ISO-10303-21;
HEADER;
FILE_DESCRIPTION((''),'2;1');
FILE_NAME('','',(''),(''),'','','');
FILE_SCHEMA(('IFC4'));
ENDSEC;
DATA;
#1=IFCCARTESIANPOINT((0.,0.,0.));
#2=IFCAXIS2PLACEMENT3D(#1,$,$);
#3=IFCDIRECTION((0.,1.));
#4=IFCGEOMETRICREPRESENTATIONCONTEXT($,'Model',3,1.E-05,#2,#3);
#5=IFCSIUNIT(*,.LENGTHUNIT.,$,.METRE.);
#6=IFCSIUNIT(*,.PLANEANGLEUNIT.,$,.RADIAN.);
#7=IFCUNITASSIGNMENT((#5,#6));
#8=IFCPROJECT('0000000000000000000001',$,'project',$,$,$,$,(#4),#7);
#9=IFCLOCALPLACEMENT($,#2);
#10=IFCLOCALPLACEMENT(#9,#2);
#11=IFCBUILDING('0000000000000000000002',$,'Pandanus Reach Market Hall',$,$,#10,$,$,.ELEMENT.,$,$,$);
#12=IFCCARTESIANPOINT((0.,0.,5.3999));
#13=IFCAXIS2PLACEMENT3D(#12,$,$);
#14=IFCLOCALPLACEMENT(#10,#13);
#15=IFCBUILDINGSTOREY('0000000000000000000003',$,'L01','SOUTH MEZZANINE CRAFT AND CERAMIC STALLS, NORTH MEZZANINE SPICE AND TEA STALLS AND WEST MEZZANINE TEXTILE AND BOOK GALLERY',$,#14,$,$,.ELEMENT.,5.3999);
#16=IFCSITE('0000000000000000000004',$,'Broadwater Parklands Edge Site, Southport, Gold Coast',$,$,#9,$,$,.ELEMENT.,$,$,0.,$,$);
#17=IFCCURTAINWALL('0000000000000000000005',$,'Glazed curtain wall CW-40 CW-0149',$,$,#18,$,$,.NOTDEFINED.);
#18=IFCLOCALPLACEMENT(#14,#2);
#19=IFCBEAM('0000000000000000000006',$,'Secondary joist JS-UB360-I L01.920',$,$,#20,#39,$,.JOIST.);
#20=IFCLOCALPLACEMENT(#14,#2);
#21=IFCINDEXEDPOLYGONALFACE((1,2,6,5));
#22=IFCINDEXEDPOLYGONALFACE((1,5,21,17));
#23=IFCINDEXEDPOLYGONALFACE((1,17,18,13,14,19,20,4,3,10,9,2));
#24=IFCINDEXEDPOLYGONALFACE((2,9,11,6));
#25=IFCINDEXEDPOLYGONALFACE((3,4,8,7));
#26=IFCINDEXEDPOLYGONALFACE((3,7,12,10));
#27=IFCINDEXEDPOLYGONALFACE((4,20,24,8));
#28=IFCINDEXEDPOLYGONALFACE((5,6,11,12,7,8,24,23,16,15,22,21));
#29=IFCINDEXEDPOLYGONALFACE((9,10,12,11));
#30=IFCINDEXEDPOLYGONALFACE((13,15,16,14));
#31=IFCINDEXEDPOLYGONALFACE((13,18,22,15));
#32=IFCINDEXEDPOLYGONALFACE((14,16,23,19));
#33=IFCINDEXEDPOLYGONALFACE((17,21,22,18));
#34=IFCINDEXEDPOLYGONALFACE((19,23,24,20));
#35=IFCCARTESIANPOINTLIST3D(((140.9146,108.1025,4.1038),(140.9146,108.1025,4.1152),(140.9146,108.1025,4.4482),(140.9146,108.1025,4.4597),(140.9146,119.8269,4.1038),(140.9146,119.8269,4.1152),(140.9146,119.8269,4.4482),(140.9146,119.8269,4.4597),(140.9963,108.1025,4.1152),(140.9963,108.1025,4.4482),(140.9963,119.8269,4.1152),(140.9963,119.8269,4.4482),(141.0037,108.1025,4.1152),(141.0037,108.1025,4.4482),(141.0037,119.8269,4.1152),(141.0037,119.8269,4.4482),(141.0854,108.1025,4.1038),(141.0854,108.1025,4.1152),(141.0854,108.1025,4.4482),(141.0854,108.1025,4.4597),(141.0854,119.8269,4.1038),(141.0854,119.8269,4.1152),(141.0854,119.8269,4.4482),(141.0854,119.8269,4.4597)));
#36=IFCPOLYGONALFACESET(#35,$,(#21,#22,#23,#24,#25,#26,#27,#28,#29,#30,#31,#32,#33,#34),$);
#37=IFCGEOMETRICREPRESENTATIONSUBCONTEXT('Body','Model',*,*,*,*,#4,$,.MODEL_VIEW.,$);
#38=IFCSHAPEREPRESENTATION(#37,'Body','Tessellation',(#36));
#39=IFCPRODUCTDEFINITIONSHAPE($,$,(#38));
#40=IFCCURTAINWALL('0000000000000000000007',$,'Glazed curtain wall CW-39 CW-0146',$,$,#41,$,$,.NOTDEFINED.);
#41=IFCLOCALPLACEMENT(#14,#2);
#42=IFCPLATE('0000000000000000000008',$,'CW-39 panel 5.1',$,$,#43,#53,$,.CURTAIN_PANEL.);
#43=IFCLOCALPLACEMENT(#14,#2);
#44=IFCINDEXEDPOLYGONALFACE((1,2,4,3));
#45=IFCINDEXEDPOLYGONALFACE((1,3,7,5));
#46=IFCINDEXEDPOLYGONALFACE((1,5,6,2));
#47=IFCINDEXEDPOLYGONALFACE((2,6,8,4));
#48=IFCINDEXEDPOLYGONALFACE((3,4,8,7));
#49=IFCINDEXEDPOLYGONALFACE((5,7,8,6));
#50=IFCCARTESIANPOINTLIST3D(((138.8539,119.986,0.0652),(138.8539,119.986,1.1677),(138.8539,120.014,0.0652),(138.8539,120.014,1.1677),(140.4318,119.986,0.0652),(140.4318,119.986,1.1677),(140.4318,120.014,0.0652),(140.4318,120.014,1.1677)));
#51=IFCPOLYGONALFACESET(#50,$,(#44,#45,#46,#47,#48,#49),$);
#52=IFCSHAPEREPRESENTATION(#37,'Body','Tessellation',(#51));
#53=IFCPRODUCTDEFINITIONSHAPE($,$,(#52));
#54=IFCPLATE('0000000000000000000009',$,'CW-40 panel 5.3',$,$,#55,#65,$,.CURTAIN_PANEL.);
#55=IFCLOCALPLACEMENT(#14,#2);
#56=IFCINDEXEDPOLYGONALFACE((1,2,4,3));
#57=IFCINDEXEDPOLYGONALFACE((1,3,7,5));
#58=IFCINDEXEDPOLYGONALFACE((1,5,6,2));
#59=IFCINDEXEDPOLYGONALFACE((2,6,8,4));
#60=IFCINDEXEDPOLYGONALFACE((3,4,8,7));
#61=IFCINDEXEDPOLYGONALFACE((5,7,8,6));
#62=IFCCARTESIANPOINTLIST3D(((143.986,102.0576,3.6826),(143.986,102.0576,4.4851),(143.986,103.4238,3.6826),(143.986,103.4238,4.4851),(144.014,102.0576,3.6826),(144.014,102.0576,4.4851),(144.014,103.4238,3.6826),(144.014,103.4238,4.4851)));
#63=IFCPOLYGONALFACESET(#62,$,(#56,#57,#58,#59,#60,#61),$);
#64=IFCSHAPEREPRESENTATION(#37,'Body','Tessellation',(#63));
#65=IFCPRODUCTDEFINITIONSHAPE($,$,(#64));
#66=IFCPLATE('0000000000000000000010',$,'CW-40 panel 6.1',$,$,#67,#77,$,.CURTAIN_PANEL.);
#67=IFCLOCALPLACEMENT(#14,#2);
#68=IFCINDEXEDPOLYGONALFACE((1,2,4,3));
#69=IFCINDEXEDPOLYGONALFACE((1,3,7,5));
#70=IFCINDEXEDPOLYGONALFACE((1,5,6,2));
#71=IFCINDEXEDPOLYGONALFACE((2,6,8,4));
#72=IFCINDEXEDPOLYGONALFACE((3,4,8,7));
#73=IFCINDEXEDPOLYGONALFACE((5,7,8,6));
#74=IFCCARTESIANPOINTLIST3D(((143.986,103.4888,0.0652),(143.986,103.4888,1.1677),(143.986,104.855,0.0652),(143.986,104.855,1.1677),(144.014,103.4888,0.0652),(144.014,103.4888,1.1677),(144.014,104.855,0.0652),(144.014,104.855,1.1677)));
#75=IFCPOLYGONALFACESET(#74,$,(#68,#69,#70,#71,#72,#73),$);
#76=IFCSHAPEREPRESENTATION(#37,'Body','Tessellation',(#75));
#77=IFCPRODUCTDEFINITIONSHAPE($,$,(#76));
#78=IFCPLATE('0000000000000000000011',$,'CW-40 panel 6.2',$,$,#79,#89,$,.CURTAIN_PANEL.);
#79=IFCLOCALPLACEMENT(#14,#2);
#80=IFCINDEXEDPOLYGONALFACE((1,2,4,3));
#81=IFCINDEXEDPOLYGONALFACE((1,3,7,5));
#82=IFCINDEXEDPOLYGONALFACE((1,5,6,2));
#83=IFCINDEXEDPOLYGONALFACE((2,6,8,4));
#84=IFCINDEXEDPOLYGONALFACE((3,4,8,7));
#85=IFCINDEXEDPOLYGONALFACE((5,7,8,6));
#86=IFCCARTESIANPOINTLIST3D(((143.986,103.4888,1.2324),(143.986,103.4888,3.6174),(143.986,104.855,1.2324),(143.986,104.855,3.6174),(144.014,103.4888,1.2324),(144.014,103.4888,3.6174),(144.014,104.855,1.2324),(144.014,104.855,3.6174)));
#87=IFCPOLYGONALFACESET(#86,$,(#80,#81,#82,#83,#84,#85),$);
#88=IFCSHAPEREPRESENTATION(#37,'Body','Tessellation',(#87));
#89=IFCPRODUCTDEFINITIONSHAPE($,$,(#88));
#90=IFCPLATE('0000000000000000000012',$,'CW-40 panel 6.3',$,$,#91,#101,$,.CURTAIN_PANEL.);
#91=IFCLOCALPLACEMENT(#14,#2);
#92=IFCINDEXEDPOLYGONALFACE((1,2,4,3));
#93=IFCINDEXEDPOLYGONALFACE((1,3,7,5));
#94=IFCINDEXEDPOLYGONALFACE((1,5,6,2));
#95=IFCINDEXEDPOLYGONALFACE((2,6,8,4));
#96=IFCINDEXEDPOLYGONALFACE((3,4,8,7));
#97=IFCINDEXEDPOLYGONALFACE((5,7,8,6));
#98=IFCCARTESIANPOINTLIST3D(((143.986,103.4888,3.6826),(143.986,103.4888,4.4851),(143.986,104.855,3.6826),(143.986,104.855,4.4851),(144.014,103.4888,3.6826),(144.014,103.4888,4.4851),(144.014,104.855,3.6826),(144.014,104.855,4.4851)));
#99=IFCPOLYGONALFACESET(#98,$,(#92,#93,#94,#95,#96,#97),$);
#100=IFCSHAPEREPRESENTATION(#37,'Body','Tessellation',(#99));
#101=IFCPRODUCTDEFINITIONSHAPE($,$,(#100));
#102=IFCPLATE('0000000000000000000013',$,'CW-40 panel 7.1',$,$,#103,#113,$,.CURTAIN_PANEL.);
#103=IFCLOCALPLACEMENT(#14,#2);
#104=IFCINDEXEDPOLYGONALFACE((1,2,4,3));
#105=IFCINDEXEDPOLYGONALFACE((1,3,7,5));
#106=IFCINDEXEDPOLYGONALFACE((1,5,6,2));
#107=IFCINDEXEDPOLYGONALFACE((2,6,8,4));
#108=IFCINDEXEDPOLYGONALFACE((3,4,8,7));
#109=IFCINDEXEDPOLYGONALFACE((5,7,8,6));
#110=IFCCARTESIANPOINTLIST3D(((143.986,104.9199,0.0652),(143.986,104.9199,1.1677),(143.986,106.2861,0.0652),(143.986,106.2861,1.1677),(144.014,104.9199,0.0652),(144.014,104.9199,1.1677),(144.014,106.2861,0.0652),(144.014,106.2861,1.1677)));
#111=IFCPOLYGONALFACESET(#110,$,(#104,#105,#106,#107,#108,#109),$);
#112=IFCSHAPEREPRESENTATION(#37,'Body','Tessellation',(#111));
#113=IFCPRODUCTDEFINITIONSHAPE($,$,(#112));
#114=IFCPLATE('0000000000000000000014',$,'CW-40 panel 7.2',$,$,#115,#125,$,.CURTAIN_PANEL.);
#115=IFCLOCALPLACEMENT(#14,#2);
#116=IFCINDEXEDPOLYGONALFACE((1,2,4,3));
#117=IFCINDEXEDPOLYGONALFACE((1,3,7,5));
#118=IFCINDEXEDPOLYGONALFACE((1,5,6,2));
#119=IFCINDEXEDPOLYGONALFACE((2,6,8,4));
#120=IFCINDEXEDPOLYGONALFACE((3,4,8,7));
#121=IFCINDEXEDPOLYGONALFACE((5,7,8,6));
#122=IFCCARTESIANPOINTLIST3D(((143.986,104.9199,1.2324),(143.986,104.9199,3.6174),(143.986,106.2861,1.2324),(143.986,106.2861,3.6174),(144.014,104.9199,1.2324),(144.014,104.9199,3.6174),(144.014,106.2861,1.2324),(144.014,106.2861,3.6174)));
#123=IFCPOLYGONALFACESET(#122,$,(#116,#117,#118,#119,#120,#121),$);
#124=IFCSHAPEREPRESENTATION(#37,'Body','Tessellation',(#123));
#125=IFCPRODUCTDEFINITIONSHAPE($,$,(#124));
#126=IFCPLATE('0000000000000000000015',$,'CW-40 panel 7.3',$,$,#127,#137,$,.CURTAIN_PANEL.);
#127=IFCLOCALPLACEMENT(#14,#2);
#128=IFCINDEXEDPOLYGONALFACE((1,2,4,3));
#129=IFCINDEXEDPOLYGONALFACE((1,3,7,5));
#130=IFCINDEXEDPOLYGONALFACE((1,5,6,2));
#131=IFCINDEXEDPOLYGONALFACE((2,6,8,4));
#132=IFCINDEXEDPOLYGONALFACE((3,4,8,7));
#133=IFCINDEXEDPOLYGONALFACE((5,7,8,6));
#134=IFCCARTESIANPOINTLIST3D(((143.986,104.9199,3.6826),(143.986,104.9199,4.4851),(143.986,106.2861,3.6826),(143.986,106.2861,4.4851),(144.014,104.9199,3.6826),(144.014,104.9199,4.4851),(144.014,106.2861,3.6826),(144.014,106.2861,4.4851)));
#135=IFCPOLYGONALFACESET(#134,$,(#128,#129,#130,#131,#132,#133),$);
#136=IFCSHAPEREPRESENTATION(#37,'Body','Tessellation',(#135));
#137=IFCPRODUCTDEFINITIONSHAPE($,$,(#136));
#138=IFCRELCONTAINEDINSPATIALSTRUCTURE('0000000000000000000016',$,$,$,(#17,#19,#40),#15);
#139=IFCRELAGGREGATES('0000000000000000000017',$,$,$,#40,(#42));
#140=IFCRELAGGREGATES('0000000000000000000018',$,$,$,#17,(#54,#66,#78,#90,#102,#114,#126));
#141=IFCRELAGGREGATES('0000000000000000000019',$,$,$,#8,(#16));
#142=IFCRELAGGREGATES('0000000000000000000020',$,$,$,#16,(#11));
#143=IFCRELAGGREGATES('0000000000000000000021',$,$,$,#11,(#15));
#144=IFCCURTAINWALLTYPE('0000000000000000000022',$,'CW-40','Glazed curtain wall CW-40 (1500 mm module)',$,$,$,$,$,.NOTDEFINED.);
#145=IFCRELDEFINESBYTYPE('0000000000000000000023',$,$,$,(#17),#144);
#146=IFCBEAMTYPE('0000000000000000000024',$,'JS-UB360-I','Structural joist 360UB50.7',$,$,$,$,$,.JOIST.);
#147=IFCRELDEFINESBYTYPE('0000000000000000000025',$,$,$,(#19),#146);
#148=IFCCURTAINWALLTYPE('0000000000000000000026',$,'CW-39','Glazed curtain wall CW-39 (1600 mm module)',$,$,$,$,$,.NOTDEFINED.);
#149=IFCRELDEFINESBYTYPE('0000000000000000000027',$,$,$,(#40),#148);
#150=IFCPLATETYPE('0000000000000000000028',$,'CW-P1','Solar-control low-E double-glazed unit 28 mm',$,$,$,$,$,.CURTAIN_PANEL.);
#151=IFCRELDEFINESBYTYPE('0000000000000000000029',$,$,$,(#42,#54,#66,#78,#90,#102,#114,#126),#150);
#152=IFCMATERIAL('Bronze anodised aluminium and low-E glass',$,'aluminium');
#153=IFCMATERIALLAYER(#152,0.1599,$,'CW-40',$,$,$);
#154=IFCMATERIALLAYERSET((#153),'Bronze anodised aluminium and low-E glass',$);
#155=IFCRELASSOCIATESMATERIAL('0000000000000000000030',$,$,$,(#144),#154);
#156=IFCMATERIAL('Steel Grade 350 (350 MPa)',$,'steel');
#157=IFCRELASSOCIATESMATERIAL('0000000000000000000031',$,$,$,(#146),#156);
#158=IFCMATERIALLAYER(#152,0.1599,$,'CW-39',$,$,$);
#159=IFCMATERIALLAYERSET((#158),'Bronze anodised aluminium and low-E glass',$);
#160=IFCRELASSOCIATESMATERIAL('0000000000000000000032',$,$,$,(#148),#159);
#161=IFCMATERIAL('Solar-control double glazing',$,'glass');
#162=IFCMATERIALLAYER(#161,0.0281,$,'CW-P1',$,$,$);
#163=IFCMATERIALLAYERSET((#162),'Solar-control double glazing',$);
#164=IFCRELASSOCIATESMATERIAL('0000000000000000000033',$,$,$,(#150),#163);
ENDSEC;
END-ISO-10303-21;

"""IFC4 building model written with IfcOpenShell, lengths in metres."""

from ifc_helpers import new_model, si_unit, direction, frame, origin, origin_2d, place, context, subcontext, project, spatial, rectangle, i_section, extrude, material, layer, layer_set, material_profile, profile_set, type_object, element, aggregate, save


model = new_model("IFC4")

# Units and contexts
model_context = context("Model", 3, precision=1e-05, world=origin(), true_north=direction((0.0, 1.0)))
body_context = subcontext(model_context, "Body", "Model", "MODEL_VIEW")
ifc_project = project(units=[si_unit("LENGTHUNIT", "METRE"), si_unit("PLANEANGLEUNIT", "RADIAN")], contexts=[model_context])

# Site, building, storey
site_placement = place(None, origin())
site = spatial("IfcSite", under=ifc_project, at=site_placement, Name="Broadwater Parklands Edge Site, Southport, Gold Coast", CompositionType="ELEMENT", RefElevation=0.0)
building_placement = place(site_placement, origin())
building = spatial("IfcBuilding", under=site, at=building_placement, Name="Pandanus Reach Market Hall", CompositionType="ELEMENT")
storey_placement = place(building_placement, frame((0.0, 0.0, 5.3999)))
storey = spatial("IfcBuildingStorey", under=building, at=storey_placement, Name="L01", Description="SOUTH MEZZANINE CRAFT AND CERAMIC STALLS, NORTH MEZZANINE SPICE AND TEA STALLS AND WEST MEZZANINE TEXTILE AND BOOK GALLERY", CompositionType="ELEMENT", Elevation=5.3999)

# Curtain wall
ifc_material_1 = material(Name="Bronze anodised aluminium and low-E glass", Category="aluminium")
ifc_layer_1 = layer(ifc_material_1, 0.1599, Name="CW-40")
ifc_layer_set_1 = layer_set([ifc_layer_1], Name="Bronze anodised aluminium and low-E glass")
curtain_wall_type_1 = type_object("IfcCurtainWallType", Name="CW-40", Description="Glazed curtain wall CW-40 (1500 mm module)", PredefinedType="NOTDEFINED", material=ifc_layer_set_1)
curtain_wall_1_placement = place(storey_placement, origin())
curtain_wall_1 = element("IfcCurtainWall", 1, at=curtain_wall_1_placement, inside=storey, type_object=curtain_wall_type_1, Name="Glazed curtain wall CW-40 CW-0149", PredefinedType="NOTDEFINED")

# Beam
ifc_material_2 = material(Name="Steel Grade 350 (350 MPa)", Category="steel")
ifc_material_profile_1 = material_profile(ifc_material_2, i_section(OverallWidth=0.1709, OverallDepth=0.356, WebThickness=0.0073, FlangeThickness=0.0115, at=origin_2d()), Name="360UB50.7", Category="LoadBearing")
ifc_profile_set_1 = profile_set([ifc_material_profile_1], Name="Steel Grade 350 (350 MPa)")
beam_type = type_object("IfcBeamType", Name="JS-UB360-I", Description="Structural joist 360UB50.7", PredefinedType="JOIST", material=ifc_profile_set_1)
beam_placement = place(storey_placement, frame((141.0, 108.1025, 4.2817), z_axis=(0.0, 1.0, 0.0), x_axis=(-1.0, 0.0, 0.0)))
element("IfcBeam", 2, at=beam_placement, inside=storey, type_object=beam_type, Name="Secondary joist JS-UB360-I L01.920", PredefinedType="JOIST", context=body_context, shape_type="SweptSolid", body=[
    extrude(i_section(OverallWidth=0.1709, OverallDepth=0.356, WebThickness=0.0073, FlangeThickness=0.0115, at=origin_2d()), origin(), (0.0, 0.0, 1.0), 11.7244),
])

# Curtain wall, plate
ifc_layer_2 = layer(ifc_material_1, 0.1599, Name="CW-39")
ifc_layer_set_2 = layer_set([ifc_layer_2], Name="Bronze anodised aluminium and low-E glass")
curtain_wall_type_2 = type_object("IfcCurtainWallType", Name="CW-39", Description="Glazed curtain wall CW-39 (1600 mm module)", PredefinedType="NOTDEFINED", material=ifc_layer_set_2)
curtain_wall_2_placement = place(storey_placement, origin())
curtain_wall_2 = element("IfcCurtainWall", 3, at=curtain_wall_2_placement, inside=storey, type_object=curtain_wall_type_2, Name="Glazed curtain wall CW-39 CW-0146", PredefinedType="NOTDEFINED")
ifc_material_3 = material(Name="Solar-control double glazing", Category="glass")
ifc_layer_3 = layer(ifc_material_3, 0.0281, Name="CW-P1")
ifc_layer_set_3 = layer_set([ifc_layer_3], Name="Solar-control double glazing")
plate_type = type_object("IfcPlateType", Name="CW-P1", Description="Solar-control low-E double-glazed unit 28 mm", PredefinedType="CURTAIN_PANEL", material=ifc_layer_set_3)
plate_1_placement = place(storey_placement, frame((139.6428, 120.0, 0.0652), z_axis=(0.0, 0.0, 1.0), x_axis=(1.0, 0.0, 0.0)))
plate_1 = element("IfcPlate", 4, at=plate_1_placement, type_object=plate_type, Name="CW-39 panel 5.1", PredefinedType="CURTAIN_PANEL", context=body_context, shape_type="SweptSolid", body=[
    extrude(rectangle(XDim=1.5779, YDim=0.0281, at=origin_2d()), origin(), (0.0, 0.0, 1.0), 1.1025),
])
aggregate(curtain_wall_2, [plate_1])

# Plates
plate_2_placement = place(storey_placement, frame((144.0, 102.7407, 3.6826), z_axis=(0.0, 0.0, 1.0), x_axis=(0.0, 1.0, 0.0)))
plate_2 = element("IfcPlate", 5, at=plate_2_placement, type_object=plate_type, Name="CW-40 panel 5.3", PredefinedType="CURTAIN_PANEL", context=body_context, shape_type="SweptSolid", body=[
    extrude(rectangle(XDim=1.3662, YDim=0.0281, at=origin_2d()), origin(), (0.0, 0.0, 1.0), 0.8025),
])
plate_3_placement = place(storey_placement, frame((144.0, 104.1719, 0.0652), z_axis=(0.0, 0.0, 1.0), x_axis=(0.0, 1.0, 0.0)))
plate_3 = element("IfcPlate", 6, at=plate_3_placement, type_object=plate_type, Name="CW-40 panel 6.1", PredefinedType="CURTAIN_PANEL", context=body_context, shape_type="SweptSolid", body=[
    extrude(rectangle(XDim=1.3662, YDim=0.0281, at=origin_2d()), origin(), (0.0, 0.0, 1.0), 1.1025),
])
plate_4_placement = place(storey_placement, frame((144.0, 104.1719, 1.2324), z_axis=(0.0, 0.0, 1.0), x_axis=(0.0, 1.0, 0.0)))
plate_4 = element("IfcPlate", 7, at=plate_4_placement, type_object=plate_type, Name="CW-40 panel 6.2", PredefinedType="CURTAIN_PANEL", context=body_context, shape_type="SweptSolid", body=[
    extrude(rectangle(XDim=1.3662, YDim=0.0281, at=origin_2d()), origin(), (0.0, 0.0, 1.0), 2.385),
])
plate_5_placement = place(storey_placement, frame((144.0, 104.1719, 3.6826), z_axis=(0.0, 0.0, 1.0), x_axis=(0.0, 1.0, 0.0)))
plate_5 = element("IfcPlate", 8, at=plate_5_placement, type_object=plate_type, Name="CW-40 panel 6.3", PredefinedType="CURTAIN_PANEL", context=body_context, shape_type="SweptSolid", body=[
    extrude(rectangle(XDim=1.3662, YDim=0.0281, at=origin_2d()), origin(), (0.0, 0.0, 1.0), 0.8025),
])
plate_6_placement = place(storey_placement, frame((144.0, 105.603, 0.0652), z_axis=(0.0, 0.0, 1.0), x_axis=(0.0, 1.0, 0.0)))
plate_6 = element("IfcPlate", 9, at=plate_6_placement, type_object=plate_type, Name="CW-40 panel 7.1", PredefinedType="CURTAIN_PANEL", context=body_context, shape_type="SweptSolid", body=[
    extrude(rectangle(XDim=1.3662, YDim=0.0281, at=origin_2d()), origin(), (0.0, 0.0, 1.0), 1.1025),
])
plate_7_placement = place(storey_placement, frame((144.0, 105.603, 1.2324), z_axis=(0.0, 0.0, 1.0), x_axis=(0.0, 1.0, 0.0)))
plate_7 = element("IfcPlate", 10, at=plate_7_placement, type_object=plate_type, Name="CW-40 panel 7.2", PredefinedType="CURTAIN_PANEL", context=body_context, shape_type="SweptSolid", body=[
    extrude(rectangle(XDim=1.3662, YDim=0.0281, at=origin_2d()), origin(), (0.0, 0.0, 1.0), 2.385),
])
plate_8_placement = place(storey_placement, frame((144.0, 105.603, 3.6826), z_axis=(0.0, 0.0, 1.0), x_axis=(0.0, 1.0, 0.0)))
plate_8 = element("IfcPlate", 11, at=plate_8_placement, type_object=plate_type, Name="CW-40 panel 7.3", PredefinedType="CURTAIN_PANEL", context=body_context, shape_type="SweptSolid", body=[
    extrude(rectangle(XDim=1.3662, YDim=0.0281, at=origin_2d()), origin(), (0.0, 0.0, 1.0), 0.8025),
])
aggregate(curtain_wall_1, [plate_2, plate_3, plate_4, plate_5, plate_6, plate_7, plate_8])

save(model, "model.ifc")
